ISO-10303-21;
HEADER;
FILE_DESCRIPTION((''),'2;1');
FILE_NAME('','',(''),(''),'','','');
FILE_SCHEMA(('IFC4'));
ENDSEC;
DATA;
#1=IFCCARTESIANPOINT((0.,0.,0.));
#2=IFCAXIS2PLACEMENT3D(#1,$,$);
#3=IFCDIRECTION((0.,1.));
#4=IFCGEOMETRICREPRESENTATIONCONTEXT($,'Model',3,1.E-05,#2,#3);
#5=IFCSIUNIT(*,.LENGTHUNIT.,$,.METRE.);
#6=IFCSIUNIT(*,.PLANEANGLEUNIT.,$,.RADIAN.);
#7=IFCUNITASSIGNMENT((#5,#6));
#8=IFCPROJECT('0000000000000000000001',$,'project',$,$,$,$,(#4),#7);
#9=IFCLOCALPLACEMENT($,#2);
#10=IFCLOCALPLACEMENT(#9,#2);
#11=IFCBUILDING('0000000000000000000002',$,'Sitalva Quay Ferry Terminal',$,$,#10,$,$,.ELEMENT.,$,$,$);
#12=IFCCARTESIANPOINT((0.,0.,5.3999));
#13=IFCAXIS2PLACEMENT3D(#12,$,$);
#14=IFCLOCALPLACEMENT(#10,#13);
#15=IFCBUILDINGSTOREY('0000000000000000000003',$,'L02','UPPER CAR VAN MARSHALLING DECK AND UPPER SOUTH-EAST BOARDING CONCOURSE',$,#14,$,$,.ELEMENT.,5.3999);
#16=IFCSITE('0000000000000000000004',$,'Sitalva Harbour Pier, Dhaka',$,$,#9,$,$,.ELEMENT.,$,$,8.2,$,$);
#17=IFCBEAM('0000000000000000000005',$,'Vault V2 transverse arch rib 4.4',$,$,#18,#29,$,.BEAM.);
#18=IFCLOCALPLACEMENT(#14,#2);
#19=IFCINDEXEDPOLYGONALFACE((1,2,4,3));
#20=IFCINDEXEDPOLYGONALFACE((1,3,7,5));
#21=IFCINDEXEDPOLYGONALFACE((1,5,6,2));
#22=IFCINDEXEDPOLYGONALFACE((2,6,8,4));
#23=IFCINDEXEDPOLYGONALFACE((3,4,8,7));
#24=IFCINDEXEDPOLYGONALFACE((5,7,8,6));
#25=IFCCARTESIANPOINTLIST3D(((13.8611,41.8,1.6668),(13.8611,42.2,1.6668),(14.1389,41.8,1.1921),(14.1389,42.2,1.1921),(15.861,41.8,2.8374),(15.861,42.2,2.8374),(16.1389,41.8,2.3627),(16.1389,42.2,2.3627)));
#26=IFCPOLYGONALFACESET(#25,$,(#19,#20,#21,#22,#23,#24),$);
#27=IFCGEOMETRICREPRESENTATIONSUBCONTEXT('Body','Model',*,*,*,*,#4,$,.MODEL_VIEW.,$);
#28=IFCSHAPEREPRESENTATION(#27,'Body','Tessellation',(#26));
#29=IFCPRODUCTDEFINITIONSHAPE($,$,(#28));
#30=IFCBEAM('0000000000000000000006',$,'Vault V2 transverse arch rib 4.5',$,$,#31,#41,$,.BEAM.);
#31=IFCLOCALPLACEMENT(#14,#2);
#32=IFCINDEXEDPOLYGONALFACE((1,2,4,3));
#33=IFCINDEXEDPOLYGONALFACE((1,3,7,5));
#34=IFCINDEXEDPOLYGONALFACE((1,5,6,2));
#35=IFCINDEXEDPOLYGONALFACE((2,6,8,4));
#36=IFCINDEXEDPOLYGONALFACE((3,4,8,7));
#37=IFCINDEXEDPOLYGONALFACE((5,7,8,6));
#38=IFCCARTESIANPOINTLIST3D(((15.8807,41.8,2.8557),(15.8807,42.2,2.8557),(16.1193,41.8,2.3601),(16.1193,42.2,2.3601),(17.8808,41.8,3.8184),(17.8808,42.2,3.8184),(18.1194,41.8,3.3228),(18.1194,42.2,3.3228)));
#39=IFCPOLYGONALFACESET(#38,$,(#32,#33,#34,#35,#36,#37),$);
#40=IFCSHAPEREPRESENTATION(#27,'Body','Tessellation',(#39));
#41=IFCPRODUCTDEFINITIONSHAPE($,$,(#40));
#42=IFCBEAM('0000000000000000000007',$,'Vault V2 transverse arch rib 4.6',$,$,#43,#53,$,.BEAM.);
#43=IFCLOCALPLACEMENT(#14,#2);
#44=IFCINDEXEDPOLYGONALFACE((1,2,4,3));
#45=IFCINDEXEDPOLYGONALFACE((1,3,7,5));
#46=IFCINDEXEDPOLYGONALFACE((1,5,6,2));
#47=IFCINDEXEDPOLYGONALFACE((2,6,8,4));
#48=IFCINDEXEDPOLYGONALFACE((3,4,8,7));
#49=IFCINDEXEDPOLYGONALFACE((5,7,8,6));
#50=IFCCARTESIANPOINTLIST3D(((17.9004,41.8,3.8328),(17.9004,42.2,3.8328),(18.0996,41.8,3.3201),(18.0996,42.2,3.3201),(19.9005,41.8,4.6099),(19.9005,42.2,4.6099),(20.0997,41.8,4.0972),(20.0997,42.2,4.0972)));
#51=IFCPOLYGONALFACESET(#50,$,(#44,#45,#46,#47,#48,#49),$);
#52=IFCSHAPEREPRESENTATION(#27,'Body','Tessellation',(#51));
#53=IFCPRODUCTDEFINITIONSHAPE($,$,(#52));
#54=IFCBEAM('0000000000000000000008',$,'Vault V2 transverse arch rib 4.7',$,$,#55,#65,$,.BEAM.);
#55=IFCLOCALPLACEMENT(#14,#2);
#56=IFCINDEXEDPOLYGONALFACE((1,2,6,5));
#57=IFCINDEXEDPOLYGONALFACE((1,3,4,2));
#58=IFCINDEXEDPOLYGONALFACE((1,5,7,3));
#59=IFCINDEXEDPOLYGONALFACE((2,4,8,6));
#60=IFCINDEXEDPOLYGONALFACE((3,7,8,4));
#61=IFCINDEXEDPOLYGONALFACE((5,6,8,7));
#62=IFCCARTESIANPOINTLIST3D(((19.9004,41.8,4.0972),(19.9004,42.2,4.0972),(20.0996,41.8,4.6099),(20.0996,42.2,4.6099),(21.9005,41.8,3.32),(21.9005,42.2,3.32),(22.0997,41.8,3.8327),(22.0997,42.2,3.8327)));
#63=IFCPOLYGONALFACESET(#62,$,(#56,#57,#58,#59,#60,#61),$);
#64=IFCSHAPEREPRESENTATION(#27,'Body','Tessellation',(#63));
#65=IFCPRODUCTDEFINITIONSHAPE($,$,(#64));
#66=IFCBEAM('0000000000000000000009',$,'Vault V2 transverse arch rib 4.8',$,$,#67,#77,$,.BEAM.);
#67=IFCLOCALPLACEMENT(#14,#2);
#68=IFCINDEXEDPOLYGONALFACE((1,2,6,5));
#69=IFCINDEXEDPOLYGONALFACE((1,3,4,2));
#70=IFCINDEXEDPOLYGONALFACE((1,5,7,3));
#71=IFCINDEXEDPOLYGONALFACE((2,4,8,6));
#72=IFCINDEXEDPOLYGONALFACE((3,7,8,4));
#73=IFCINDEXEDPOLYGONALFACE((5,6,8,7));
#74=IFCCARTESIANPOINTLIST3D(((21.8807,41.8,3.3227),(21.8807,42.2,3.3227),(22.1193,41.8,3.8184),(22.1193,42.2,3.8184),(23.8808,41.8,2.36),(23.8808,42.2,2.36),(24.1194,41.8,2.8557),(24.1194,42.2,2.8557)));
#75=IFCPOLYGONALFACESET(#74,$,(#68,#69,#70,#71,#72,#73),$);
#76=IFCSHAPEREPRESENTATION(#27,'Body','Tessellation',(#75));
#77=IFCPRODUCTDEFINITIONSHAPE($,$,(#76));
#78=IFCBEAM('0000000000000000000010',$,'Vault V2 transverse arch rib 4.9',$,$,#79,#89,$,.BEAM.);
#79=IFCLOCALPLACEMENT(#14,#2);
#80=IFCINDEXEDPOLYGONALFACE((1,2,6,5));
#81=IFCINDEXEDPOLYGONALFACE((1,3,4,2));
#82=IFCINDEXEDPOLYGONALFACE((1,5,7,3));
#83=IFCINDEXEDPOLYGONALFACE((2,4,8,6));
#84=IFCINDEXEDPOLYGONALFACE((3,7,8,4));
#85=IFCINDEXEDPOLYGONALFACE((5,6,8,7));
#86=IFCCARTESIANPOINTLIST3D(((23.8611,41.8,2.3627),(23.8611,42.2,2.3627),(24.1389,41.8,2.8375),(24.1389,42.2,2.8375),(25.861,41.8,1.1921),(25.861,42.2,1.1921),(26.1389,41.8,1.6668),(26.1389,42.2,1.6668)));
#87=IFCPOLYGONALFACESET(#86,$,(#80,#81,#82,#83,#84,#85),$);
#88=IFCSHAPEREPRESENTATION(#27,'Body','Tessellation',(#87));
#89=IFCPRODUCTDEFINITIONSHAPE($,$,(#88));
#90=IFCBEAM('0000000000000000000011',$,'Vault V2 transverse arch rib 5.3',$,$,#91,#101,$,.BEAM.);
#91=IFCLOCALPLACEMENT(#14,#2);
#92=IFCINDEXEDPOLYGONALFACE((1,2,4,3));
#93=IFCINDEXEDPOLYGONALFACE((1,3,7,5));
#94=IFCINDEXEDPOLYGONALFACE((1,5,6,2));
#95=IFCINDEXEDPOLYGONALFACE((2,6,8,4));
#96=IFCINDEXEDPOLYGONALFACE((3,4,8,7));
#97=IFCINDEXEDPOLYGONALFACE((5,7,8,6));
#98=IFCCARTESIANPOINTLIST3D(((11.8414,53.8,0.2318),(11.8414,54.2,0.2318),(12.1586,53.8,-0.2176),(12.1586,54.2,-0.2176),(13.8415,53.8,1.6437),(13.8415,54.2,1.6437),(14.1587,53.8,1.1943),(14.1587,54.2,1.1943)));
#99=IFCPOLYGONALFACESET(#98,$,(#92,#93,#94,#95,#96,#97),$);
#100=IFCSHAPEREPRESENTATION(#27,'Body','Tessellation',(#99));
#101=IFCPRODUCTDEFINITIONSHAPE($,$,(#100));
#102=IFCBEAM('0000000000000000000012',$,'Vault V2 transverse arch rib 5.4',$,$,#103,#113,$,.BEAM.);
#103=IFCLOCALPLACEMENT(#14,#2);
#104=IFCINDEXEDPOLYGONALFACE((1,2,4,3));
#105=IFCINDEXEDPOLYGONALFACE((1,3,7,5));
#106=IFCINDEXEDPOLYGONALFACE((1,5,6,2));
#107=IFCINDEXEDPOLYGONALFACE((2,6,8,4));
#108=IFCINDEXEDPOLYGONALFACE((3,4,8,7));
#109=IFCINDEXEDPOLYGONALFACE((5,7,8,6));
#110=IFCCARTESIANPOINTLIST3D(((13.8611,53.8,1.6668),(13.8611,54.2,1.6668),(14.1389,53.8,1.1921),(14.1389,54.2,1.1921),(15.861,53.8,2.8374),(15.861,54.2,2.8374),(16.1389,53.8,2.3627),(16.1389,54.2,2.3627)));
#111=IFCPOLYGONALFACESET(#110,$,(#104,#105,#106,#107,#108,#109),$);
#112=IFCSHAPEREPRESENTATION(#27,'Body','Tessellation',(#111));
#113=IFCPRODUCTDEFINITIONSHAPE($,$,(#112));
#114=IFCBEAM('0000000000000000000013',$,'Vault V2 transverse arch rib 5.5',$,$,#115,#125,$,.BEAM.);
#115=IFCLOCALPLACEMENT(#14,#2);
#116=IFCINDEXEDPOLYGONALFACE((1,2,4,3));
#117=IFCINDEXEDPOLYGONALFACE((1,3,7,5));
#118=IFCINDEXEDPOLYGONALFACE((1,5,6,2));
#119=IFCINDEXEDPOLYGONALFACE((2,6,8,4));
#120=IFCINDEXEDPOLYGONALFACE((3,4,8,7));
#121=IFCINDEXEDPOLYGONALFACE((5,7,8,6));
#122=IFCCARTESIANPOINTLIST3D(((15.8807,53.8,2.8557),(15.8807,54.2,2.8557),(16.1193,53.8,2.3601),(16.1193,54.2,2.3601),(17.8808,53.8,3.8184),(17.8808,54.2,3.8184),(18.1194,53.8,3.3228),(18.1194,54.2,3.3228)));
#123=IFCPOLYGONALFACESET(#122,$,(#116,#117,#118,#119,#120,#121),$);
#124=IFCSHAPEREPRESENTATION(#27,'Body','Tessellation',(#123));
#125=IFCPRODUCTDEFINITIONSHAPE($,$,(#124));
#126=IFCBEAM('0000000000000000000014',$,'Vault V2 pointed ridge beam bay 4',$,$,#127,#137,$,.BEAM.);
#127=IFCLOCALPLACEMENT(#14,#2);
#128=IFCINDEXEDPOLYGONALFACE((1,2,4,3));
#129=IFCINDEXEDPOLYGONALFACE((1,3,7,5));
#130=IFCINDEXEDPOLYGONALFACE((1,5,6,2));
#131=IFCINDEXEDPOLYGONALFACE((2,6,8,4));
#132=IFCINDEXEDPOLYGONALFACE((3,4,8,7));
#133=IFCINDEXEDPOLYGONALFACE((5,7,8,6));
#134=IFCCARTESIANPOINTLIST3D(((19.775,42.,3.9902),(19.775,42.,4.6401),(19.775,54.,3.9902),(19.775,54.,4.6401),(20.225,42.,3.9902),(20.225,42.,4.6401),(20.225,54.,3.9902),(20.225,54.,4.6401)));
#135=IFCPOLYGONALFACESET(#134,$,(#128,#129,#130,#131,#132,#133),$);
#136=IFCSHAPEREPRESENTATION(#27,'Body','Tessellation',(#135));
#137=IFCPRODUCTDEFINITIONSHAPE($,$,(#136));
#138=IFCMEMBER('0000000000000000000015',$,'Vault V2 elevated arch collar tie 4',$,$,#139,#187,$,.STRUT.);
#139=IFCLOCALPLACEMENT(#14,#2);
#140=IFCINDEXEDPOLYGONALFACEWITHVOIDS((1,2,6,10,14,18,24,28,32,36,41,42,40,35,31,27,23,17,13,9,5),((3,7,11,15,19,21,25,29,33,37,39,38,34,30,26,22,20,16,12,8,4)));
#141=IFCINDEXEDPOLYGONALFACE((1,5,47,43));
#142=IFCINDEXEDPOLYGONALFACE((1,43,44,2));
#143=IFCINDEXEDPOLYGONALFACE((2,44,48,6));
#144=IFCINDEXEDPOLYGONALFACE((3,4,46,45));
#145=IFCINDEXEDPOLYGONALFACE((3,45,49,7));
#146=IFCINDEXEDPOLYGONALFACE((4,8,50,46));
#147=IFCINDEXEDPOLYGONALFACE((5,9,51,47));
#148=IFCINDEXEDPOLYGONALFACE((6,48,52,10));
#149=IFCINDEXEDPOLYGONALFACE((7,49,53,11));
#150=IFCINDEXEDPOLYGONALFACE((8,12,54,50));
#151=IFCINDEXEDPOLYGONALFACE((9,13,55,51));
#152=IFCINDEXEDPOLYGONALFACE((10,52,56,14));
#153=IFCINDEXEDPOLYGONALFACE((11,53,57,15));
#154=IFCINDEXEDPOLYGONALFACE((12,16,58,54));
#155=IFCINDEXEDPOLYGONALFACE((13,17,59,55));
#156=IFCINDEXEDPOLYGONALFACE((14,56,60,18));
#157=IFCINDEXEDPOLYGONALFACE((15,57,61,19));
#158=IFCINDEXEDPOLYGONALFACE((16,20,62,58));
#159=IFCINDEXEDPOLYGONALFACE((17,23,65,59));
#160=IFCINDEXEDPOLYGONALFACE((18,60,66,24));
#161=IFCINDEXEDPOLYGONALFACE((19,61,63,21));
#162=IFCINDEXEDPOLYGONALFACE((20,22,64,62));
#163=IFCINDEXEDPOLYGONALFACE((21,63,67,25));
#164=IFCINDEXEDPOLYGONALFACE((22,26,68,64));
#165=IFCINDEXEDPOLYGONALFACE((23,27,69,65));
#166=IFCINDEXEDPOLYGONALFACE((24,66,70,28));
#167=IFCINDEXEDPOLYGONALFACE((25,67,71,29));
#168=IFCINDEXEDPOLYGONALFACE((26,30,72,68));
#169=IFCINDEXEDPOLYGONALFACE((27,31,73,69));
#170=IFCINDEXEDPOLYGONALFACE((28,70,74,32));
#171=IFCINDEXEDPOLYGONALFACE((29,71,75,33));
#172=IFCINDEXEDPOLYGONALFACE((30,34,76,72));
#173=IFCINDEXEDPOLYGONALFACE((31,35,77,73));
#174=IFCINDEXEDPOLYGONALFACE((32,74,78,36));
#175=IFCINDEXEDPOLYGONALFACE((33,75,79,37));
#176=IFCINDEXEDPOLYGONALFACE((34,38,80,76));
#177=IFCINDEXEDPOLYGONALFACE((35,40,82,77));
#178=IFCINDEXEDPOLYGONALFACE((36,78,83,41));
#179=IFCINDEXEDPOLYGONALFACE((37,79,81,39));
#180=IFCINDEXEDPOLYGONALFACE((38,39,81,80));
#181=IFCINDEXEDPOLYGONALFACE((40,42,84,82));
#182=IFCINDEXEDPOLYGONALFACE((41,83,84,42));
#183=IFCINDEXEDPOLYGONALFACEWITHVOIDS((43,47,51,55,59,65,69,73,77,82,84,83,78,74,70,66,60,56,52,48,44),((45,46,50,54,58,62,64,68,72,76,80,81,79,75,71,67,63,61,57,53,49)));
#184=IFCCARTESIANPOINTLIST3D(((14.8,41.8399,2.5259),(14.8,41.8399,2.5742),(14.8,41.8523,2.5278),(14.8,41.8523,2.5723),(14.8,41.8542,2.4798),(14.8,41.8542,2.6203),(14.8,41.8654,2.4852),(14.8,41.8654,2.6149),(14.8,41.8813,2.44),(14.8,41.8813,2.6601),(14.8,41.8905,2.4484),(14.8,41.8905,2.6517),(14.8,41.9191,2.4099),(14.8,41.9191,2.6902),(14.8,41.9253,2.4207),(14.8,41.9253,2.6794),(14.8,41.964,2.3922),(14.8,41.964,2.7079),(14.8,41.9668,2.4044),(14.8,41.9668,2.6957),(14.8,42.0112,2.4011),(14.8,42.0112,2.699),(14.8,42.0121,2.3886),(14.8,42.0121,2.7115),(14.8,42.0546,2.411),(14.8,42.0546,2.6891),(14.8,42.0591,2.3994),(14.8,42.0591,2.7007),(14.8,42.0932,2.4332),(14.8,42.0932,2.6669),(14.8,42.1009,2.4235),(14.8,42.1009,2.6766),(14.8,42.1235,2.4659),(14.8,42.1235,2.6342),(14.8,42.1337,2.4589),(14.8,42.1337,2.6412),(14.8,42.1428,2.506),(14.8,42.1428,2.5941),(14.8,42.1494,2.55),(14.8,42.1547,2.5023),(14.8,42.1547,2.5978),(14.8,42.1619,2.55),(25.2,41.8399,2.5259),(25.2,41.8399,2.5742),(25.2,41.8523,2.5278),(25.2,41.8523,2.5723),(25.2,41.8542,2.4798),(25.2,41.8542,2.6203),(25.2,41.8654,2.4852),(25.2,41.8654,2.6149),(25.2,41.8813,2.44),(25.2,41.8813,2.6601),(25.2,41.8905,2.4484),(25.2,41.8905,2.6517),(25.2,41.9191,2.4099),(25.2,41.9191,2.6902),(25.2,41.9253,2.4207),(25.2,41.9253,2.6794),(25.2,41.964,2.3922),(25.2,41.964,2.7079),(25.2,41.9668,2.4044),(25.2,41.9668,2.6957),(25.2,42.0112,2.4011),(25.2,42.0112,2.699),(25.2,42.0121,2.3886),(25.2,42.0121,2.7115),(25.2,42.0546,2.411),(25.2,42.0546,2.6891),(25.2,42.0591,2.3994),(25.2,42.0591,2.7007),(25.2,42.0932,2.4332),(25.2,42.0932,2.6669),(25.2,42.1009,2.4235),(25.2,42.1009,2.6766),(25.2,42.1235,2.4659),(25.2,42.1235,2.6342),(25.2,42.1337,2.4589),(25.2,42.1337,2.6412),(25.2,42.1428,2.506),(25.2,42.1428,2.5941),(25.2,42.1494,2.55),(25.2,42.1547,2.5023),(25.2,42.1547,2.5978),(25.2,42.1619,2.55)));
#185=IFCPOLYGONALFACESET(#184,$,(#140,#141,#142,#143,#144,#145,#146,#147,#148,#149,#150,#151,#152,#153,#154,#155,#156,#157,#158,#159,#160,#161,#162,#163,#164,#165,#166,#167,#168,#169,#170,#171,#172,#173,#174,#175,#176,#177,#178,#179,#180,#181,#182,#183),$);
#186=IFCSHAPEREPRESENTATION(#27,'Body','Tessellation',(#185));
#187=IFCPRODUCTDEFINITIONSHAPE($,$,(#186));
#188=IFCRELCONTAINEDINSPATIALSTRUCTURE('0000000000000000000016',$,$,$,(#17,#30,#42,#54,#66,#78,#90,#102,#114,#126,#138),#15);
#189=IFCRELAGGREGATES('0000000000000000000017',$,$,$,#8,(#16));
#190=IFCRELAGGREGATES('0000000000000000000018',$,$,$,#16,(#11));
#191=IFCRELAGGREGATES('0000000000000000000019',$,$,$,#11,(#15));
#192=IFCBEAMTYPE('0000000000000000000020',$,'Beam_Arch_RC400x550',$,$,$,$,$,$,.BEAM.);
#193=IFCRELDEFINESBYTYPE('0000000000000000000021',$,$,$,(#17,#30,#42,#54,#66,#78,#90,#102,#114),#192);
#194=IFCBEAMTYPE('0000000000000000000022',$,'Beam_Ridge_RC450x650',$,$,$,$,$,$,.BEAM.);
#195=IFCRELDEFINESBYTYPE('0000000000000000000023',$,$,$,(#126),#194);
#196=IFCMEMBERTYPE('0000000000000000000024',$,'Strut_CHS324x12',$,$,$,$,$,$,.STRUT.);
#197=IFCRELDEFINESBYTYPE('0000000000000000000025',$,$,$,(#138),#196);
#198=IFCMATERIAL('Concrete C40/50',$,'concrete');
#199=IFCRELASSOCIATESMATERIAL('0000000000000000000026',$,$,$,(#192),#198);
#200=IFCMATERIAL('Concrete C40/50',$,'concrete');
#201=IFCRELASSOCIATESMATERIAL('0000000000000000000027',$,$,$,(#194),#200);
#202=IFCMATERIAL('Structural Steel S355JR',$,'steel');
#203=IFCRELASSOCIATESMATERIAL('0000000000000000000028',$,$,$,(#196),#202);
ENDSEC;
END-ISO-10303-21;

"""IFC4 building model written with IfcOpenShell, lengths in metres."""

from ifc_helpers import new_model, si_unit, direction, frame, origin, origin_2d, place, context, subcontext, project, spatial, rectangle, hollow_circle, extrude, material, material_profile, profile_set, type_object, element, save


model = new_model("IFC4")

# Units and contexts
model_context = context("Model", 3, precision=1e-05, world=origin(), true_north=direction((0.0, 1.0)))
body_context = subcontext(model_context, "Body", "Model", "MODEL_VIEW")
ifc_project = project(units=[si_unit("LENGTHUNIT", "METRE"), si_unit("PLANEANGLEUNIT", "RADIAN")], contexts=[model_context])

# Site, building, storey
site_placement = place(None, origin())
site = spatial("IfcSite", under=ifc_project, at=site_placement, Name="Sitalva Harbour Pier, Dhaka", CompositionType="ELEMENT", RefElevation=8.2)
building_placement = place(site_placement, origin())
building = spatial("IfcBuilding", under=site, at=building_placement, Name="Sitalva Quay Ferry Terminal", CompositionType="ELEMENT")
storey_placement = place(building_placement, frame((0.0, 0.0, 5.3999)))
storey = spatial("IfcBuildingStorey", under=building, at=storey_placement, Name="L02", Description="UPPER CAR VAN MARSHALLING DECK AND UPPER SOUTH-EAST BOARDING CONCOURSE", CompositionType="ELEMENT", Elevation=5.3999)

# Beams
ifc_material_1 = material(Name="Concrete C40/50", Category="concrete")
ifc_material_profile_1 = material_profile(ifc_material_1, rectangle(XDim=0.3999, YDim=0.55, at=origin_2d()), Name="RC400x550")
ifc_profile_set_1 = profile_set([ifc_material_profile_1], Name="Concrete C40/50")
beam_type_1 = type_object("IfcBeamType", Name="Beam_Arch_RC400x550", PredefinedType="BEAM", material=ifc_profile_set_1)
beam_1_placement = place(storey_placement, frame((14.0, 42.0, 1.4294), z_axis=(0.863029, 0.0, 0.505154), x_axis=(0.0, 1.0, 0.0)))
element("IfcBeam", 1, at=beam_1_placement, inside=storey, type_object=beam_type_1, Name="Vault V2 transverse arch rib 4.4", PredefinedType="BEAM", context=body_context, shape_type="SweptSolid", body=[
    extrude(rectangle(XDim=0.3999, YDim=0.55, at=origin_2d()), origin(), (0.0, 0.0, 1.0), 2.3174),
])
beam_2_placement = place(storey_placement, frame((16.0, 42.0, 2.6079), z_axis=(0.901057, 0.0, 0.4337), x_axis=(0.0, 1.0, 0.0)))
element("IfcBeam", 2, at=beam_2_placement, inside=storey, type_object=beam_type_1, Name="Vault V2 transverse arch rib 4.5", PredefinedType="BEAM", context=body_context, shape_type="SweptSolid", body=[
    extrude(rectangle(XDim=0.3999, YDim=0.55, at=origin_2d()), origin(), (0.0, 0.0, 1.0), 2.2197),
])
for number, where, z_axis, x_axis, name in (
    (3, (18.0, 42.0, 3.5764), (0.932111, 0.0, 0.362172), (0.0, 1.0, 0.0), "Vault V2 transverse arch rib 4.6"),
    (4, (20.0, 42.0, 4.3535), (0.932111, 0.0, -0.362172), (0.0, 1.0, 0.0), "Vault V2 transverse arch rib 4.7"),
):
    element("IfcBeam", number, at=place(storey_placement, frame(where, z_axis=z_axis, x_axis=x_axis)), inside=storey, type_object=beam_type_1, Name=name, PredefinedType="BEAM", context=body_context, shape_type="SweptSolid", body=[
        extrude(rectangle(XDim=0.3999, YDim=0.55, at=origin_2d()), origin(), (0.0, 0.0, 1.0), 2.1458),
    ])
beam_3_placement = place(storey_placement, frame((22.0, 42.0, 3.5706), z_axis=(0.901057, 0.0, -0.4337), x_axis=(0.0, 1.0, 0.0)))
element("IfcBeam", 5, at=beam_3_placement, inside=storey, type_object=beam_type_1, Name="Vault V2 transverse arch rib 4.8", PredefinedType="BEAM", context=body_context, shape_type="SweptSolid", body=[
    extrude(rectangle(XDim=0.3999, YDim=0.55, at=origin_2d()), origin(), (0.0, 0.0, 1.0), 2.2197),
])
beam_4_placement = place(storey_placement, frame((24.0, 42.0, 2.6001), z_axis=(0.863029, 0.0, -0.505154), x_axis=(0.0, 1.0, 0.0)))
element("IfcBeam", 6, at=beam_4_placement, inside=storey, type_object=beam_type_1, Name="Vault V2 transverse arch rib 4.9", PredefinedType="BEAM", context=body_context, shape_type="SweptSolid", body=[
    extrude(rectangle(XDim=0.3999, YDim=0.55, at=origin_2d()), origin(), (0.0, 0.0, 1.0), 2.3174),
])
beam_5_placement = place(storey_placement, frame((12.0, 54.0, 0.0071), z_axis=(0.816949, 0.0, 0.576711), x_axis=(0.0, 1.0, 0.0)))
element("IfcBeam", 7, at=beam_5_placement, inside=storey, type_object=beam_type_1, Name="Vault V2 transverse arch rib 5.3", PredefinedType="BEAM", context=body_context, shape_type="SweptSolid", body=[
    extrude(rectangle(XDim=0.3999, YDim=0.55, at=origin_2d()), origin(), (0.0, 0.0, 1.0), 2.4482),
])
beam_6_placement = place(storey_placement, frame((14.0, 54.0, 1.4294), z_axis=(0.863029, 0.0, 0.505154), x_axis=(0.0, 1.0, 0.0)))
element("IfcBeam", 8, at=beam_6_placement, inside=storey, type_object=beam_type_1, Name="Vault V2 transverse arch rib 5.4", PredefinedType="BEAM", context=body_context, shape_type="SweptSolid", body=[
    extrude(rectangle(XDim=0.3999, YDim=0.55, at=origin_2d()), origin(), (0.0, 0.0, 1.0), 2.3174),
])
beam_7_placement = place(storey_placement, frame((16.0, 54.0, 2.6079), z_axis=(0.901057, 0.0, 0.4337), x_axis=(0.0, 1.0, 0.0)))
element("IfcBeam", 9, at=beam_7_placement, inside=storey, type_object=beam_type_1, Name="Vault V2 transverse arch rib 5.5", PredefinedType="BEAM", context=body_context, shape_type="SweptSolid", body=[
    extrude(rectangle(XDim=0.3999, YDim=0.55, at=origin_2d()), origin(), (0.0, 0.0, 1.0), 2.2197),
])
ifc_material_2 = material(Name="Concrete C40/50", Category="concrete")
ifc_material_profile_2 = material_profile(ifc_material_2, rectangle(XDim=0.45, YDim=0.6499, at=origin_2d()), Name="RC450x650")
ifc_profile_set_2 = profile_set([ifc_material_profile_2], Name="Concrete C40/50")
beam_type_2 = type_object("IfcBeamType", Name="Beam_Ridge_RC450x650", PredefinedType="BEAM", material=ifc_profile_set_2)
beam_8_placement = place(storey_placement, frame((20.0, 42.0, 4.3152), z_axis=(0.0, 1.0, 0.0), x_axis=(-1.0, 0.0, 0.0)))
element("IfcBeam", 10, at=beam_8_placement, inside=storey, type_object=beam_type_2, Name="Vault V2 pointed ridge beam bay 4", PredefinedType="BEAM", context=body_context, shape_type="SweptSolid", body=[
    extrude(rectangle(XDim=0.45, YDim=0.6499, at=origin_2d()), origin(), (0.0, 0.0, 1.0), 12.0),
])

# Member
ifc_material_3 = material(Name="Structural Steel S355JR", Category="steel")
ifc_material_profile_3 = material_profile(ifc_material_3, hollow_circle(Radius=0.1619, WallThickness=0.0125, at=origin_2d()), Name="CHS324x12.5")
ifc_profile_set_3 = profile_set([ifc_material_profile_3], Name="Structural Steel S355JR")
member_type = type_object("IfcMemberType", Name="Strut_CHS324x12", PredefinedType="STRUT", material=ifc_profile_set_3)
for number, where, z_axis, x_axis, name in (
    (11, (14.8, 42.0, 2.55), (1.0, 0.0, 0.0), (0.0, 1.0, 0.0), "Vault V2 elevated arch collar tie 4"),
):
    element("IfcMember", number, at=place(storey_placement, frame(where, z_axis=z_axis, x_axis=x_axis)), inside=storey, type_object=member_type, Name=name, PredefinedType="STRUT", context=body_context, shape_type="SweptSolid", body=[
        extrude(hollow_circle(Radius=0.1619, WallThickness=0.0125, at=origin_2d()), origin(), (0.0, 0.0, 1.0), 10.3999),
    ])

save(model, "model.ifc")
